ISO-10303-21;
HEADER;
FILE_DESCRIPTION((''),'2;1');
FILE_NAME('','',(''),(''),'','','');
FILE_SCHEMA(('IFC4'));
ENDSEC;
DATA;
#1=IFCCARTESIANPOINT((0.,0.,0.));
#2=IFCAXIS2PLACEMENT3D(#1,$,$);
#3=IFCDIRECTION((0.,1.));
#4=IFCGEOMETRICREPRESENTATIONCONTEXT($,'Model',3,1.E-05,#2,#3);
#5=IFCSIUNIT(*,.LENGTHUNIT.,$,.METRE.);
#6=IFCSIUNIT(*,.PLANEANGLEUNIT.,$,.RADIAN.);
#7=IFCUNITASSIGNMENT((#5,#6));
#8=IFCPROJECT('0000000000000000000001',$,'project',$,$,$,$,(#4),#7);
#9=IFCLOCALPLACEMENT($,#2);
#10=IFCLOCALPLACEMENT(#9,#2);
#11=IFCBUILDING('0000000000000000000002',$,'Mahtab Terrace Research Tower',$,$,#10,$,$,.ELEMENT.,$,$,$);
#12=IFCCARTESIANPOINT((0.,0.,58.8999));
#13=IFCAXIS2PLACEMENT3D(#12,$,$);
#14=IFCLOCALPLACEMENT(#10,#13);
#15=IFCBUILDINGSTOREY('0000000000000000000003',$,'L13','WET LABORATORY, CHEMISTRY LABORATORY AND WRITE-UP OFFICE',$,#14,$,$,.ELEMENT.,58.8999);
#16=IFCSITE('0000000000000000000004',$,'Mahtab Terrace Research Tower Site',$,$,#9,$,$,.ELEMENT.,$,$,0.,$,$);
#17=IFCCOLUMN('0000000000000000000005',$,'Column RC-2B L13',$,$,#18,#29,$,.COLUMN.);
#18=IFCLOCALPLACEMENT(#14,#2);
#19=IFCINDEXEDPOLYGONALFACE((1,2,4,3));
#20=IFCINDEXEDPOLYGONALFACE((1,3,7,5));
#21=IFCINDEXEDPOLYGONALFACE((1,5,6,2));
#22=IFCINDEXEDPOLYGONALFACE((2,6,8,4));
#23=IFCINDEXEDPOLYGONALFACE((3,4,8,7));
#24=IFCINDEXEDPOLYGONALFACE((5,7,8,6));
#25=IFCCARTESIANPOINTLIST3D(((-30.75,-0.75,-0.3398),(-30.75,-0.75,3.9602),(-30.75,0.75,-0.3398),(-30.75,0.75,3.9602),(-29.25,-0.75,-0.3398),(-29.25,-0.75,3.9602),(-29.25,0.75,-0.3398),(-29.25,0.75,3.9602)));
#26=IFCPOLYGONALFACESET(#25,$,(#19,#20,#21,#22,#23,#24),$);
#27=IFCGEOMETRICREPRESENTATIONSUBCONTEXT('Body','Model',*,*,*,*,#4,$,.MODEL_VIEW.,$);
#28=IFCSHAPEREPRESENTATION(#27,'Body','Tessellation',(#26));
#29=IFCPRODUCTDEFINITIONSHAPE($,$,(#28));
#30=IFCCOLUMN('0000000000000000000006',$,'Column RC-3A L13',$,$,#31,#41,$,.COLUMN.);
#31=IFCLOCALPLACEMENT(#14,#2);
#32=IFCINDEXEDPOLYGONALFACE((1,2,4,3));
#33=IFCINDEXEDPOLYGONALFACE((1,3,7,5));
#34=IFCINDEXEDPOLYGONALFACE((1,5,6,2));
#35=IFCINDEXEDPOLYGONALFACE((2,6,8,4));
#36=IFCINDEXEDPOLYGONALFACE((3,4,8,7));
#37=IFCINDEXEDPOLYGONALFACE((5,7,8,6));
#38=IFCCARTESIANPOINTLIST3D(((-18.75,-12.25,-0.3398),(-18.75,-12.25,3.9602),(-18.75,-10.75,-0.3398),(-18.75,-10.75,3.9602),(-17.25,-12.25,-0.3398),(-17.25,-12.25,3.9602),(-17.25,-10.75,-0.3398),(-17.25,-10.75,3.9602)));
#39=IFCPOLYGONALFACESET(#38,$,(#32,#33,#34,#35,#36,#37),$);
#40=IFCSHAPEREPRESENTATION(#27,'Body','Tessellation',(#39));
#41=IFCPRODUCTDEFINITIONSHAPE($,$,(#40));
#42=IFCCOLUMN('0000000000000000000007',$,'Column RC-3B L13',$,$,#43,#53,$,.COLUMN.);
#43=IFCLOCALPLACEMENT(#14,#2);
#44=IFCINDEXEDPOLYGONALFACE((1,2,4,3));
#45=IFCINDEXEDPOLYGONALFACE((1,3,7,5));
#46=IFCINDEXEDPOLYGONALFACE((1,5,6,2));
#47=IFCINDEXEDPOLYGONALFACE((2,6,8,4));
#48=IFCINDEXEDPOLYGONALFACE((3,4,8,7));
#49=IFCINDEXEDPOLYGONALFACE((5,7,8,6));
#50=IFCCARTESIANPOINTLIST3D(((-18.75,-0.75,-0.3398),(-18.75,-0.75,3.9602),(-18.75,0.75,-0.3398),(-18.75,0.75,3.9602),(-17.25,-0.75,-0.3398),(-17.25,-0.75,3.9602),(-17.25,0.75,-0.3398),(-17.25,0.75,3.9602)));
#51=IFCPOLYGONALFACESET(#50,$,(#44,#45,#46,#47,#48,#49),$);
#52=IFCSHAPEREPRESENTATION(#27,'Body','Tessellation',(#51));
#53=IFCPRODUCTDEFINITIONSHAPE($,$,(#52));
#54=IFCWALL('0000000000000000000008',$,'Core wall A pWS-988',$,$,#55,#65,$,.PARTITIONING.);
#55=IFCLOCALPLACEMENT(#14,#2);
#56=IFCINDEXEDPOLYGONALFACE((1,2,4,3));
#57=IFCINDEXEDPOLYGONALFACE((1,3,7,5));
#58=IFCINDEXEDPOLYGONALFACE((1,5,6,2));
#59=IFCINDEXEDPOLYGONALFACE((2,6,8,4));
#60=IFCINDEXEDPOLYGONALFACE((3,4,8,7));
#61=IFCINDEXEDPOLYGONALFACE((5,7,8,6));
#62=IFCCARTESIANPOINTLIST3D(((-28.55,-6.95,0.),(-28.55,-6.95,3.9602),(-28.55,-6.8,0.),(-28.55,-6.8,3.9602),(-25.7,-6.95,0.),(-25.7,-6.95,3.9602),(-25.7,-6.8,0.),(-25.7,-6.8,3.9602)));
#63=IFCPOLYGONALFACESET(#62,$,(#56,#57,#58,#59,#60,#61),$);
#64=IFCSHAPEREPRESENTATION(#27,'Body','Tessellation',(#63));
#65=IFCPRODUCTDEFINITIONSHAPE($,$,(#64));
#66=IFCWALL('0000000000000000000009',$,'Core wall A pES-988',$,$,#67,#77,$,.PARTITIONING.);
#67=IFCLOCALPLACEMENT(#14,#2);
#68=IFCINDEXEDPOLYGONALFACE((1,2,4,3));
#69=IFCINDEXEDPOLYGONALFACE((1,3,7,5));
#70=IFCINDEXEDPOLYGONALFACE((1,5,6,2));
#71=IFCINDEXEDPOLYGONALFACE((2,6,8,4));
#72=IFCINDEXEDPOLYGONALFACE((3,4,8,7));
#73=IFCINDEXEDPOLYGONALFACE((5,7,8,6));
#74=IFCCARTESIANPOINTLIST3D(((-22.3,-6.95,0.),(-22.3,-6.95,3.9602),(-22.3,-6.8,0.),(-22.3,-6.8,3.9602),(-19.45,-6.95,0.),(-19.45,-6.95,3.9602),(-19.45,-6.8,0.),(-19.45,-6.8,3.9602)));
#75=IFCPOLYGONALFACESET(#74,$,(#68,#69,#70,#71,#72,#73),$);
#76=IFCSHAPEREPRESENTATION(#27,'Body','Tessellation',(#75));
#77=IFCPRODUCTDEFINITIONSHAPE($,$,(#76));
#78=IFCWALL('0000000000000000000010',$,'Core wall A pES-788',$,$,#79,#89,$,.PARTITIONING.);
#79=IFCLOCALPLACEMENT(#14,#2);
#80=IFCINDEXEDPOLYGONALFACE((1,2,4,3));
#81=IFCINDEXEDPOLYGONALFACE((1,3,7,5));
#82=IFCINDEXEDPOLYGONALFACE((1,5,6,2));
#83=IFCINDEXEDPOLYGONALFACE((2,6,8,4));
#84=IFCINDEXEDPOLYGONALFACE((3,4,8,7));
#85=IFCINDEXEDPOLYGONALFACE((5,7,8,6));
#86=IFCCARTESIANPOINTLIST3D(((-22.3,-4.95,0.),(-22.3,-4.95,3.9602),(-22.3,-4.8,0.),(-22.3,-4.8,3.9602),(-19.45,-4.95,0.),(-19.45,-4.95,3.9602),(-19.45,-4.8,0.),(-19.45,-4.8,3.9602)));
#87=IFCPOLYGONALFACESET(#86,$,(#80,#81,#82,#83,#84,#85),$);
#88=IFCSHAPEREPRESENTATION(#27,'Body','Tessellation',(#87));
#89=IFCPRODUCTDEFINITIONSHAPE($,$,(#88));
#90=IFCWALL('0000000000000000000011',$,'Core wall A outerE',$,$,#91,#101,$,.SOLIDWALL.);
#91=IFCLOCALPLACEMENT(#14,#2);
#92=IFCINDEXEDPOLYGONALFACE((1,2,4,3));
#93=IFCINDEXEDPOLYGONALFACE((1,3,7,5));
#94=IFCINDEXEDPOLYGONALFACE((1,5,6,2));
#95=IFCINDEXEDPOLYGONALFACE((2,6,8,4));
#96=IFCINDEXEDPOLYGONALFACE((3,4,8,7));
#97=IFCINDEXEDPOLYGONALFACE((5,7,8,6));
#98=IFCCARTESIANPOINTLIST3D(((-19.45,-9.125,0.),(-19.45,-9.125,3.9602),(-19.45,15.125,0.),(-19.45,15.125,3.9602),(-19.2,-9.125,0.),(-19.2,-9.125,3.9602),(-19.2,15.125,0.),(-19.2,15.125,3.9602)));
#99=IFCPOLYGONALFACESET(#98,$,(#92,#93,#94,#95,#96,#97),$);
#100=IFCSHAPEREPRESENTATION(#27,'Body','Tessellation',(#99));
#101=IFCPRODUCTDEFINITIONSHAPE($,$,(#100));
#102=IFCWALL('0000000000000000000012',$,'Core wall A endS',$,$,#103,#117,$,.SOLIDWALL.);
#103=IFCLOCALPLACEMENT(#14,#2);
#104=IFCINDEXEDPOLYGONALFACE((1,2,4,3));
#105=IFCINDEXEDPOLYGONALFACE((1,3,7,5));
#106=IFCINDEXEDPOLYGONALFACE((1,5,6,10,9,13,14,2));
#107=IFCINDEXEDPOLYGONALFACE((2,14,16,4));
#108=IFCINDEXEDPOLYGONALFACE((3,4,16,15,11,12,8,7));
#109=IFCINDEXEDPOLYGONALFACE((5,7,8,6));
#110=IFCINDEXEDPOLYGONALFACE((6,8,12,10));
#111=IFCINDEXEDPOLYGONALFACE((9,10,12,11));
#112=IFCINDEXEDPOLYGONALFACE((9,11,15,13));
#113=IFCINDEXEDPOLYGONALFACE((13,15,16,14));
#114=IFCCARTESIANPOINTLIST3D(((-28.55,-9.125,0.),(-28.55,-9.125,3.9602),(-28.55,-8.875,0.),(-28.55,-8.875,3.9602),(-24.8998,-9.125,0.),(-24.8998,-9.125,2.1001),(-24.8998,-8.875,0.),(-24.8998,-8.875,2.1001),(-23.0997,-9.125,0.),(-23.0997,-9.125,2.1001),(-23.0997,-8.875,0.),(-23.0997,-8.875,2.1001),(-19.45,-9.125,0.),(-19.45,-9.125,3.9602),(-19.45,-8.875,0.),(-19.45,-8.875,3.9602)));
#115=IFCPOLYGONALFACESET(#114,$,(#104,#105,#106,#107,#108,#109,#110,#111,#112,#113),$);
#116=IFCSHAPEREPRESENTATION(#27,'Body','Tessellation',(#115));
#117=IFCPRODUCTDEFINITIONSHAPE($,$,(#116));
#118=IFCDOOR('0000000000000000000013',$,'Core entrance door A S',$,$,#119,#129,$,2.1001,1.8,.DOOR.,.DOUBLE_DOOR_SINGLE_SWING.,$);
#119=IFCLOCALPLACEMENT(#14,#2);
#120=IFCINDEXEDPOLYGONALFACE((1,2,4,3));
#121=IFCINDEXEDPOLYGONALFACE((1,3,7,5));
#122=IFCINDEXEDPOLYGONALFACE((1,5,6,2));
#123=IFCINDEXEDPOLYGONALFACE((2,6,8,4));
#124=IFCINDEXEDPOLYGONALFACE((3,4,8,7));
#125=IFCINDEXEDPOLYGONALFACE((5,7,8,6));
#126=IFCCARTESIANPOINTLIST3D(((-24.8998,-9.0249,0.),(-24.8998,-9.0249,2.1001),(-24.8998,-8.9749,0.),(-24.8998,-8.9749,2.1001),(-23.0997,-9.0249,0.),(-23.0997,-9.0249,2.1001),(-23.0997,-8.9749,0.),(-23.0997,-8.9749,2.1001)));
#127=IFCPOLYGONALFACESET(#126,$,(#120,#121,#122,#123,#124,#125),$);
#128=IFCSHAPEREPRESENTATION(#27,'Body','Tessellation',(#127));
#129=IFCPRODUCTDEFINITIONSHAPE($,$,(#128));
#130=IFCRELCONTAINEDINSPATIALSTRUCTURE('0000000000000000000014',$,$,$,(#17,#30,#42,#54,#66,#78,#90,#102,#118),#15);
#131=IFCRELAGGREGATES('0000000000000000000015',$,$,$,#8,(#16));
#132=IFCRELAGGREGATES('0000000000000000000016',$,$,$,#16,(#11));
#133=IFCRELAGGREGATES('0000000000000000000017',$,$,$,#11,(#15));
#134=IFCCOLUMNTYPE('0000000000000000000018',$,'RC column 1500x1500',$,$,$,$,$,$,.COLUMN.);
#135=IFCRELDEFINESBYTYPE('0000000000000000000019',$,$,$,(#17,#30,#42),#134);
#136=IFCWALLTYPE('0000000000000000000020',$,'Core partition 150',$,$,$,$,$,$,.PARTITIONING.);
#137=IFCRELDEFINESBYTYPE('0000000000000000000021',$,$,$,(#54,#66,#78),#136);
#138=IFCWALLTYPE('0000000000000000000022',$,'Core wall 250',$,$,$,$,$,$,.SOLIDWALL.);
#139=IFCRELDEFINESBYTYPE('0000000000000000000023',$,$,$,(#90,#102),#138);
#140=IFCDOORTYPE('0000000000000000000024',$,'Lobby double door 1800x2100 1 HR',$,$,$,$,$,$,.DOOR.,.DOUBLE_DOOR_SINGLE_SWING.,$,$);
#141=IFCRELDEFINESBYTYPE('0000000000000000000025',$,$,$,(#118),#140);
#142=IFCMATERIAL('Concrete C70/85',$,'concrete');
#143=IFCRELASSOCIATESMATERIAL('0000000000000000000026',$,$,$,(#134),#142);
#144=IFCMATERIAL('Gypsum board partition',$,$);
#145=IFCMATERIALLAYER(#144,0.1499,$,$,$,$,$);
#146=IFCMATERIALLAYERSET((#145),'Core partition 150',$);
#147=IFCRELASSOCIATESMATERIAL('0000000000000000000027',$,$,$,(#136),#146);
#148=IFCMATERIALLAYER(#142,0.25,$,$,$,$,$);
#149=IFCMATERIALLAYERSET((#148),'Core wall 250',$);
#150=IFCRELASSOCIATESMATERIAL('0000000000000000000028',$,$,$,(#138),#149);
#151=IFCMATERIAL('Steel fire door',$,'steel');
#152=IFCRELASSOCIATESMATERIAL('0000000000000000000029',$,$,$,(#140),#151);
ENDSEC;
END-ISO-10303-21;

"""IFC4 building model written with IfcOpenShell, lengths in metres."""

from ifc_helpers import new_model, si_unit, direction, frame, frame_2d, origin, origin_2d, place, context, subcontext, project, spatial, rectangle, extrude, material, layer, layer_set, material_profile, profile_set, type_object, element, fill, save


model = new_model("IFC4")

# Units and contexts
model_context = context("Model", 3, precision=1e-05, world=origin(), true_north=direction((0.0, 1.0)))
body_context = subcontext(model_context, "Body", "Model", "MODEL_VIEW")
ifc_project = project(units=[si_unit("LENGTHUNIT", "METRE"), si_unit("PLANEANGLEUNIT", "RADIAN")], contexts=[model_context])

# Site, building, storey
site_placement = place(None, origin())
site = spatial("IfcSite", under=ifc_project, at=site_placement, Name="Mahtab Terrace Research Tower Site", CompositionType="ELEMENT", RefElevation=0.0)
building_placement = place(site_placement, origin())
building = spatial("IfcBuilding", under=site, at=building_placement, Name="Mahtab Terrace Research Tower", CompositionType="ELEMENT")
storey_placement = place(building_placement, frame((0.0, 0.0, 58.8999)))
storey = spatial("IfcBuildingStorey", under=building, at=storey_placement, Name="L13", Description="WET LABORATORY, CHEMISTRY LABORATORY AND WRITE-UP OFFICE", CompositionType="ELEMENT", Elevation=58.8999)

# Columns
ifc_material_1 = material(Name="Concrete C70/85", Category="concrete")
ifc_material_profile = material_profile(ifc_material_1, rectangle(XDim=1.5, YDim=1.5, at=origin_2d()), Name="RC column 1500x1500")
ifc_profile_set = profile_set([ifc_material_profile], Name="Concrete C70/85")
column_type = type_object("IfcColumnType", Name="RC column 1500x1500", PredefinedType="COLUMN", material=ifc_profile_set)
for number, where, z_axis, x_axis, name in (
    (1, (-30.0, 0.0, -0.3398), (0.0, 0.0, 1.0), (1.0, 0.0, 0.0), "Column RC-2B L13"),
    (2, (-18.0, -11.5, -0.3398), (0.0, 0.0, 1.0), (1.0, 0.0, 0.0), "Column RC-3A L13"),
    (3, (-18.0, 0.0, -0.3398), (0.0, 0.0, 1.0), (1.0, 0.0, 0.0), "Column RC-3B L13"),
):
    element("IfcColumn", number, at=place(storey_placement, frame(where, z_axis=z_axis, x_axis=x_axis)), inside=storey, type_object=column_type, Name=name, PredefinedType="COLUMN", context=body_context, shape_type="SweptSolid", body=[
        extrude(rectangle(XDim=1.5, YDim=1.5, at=origin_2d()), origin(), (0.0, 0.0, 1.0), 4.3),
    ])

# Walls
ifc_material_2 = material(Name="Gypsum board partition")
ifc_layer_1 = layer(ifc_material_2, 0.1499)
ifc_layer_set_1 = layer_set([ifc_layer_1], Name="Core partition 150")
wall_type_1 = type_object("IfcWallType", Name="Core partition 150", PredefinedType="PARTITIONING", material=ifc_layer_set_1)
for number, where, z_axis, x_axis, name in (
    (4, (-28.55, -6.875, 0.0), (0.0, 0.0, 1.0), (1.0, 0.0, 0.0), "Core wall A pWS-988"),
    (5, (-22.3, -6.875, 0.0), (0.0, 0.0, 1.0), (1.0, 0.0, 0.0), "Core wall A pES-988"),
    (6, (-22.3, -4.875, 0.0), (0.0, 0.0, 1.0), (1.0, 0.0, 0.0), "Core wall A pES-788"),
):
    element("IfcWall", number, at=place(storey_placement, frame(where, z_axis=z_axis, x_axis=x_axis)), inside=storey, type_object=wall_type_1, Name=name, PredefinedType="PARTITIONING", context=body_context, shape_type="SweptSolid", body=[
        extrude(rectangle(XDim=2.8501, YDim=0.1499, at=frame_2d((1.425, 0.0))), origin(), (0.0, 0.0, 1.0), 3.9602),
    ])
ifc_layer_2 = layer(ifc_material_1, 0.25)
ifc_layer_set_2 = layer_set([ifc_layer_2], Name="Core wall 250")
wall_type_2 = type_object("IfcWallType", Name="Core wall 250", PredefinedType="SOLIDWALL", material=ifc_layer_set_2)
wall_1_placement = place(storey_placement, frame((-19.325, -9.125, 0.0), z_axis=(0.0, 0.0, 1.0), x_axis=(0.0, 1.0, 0.0)))
element("IfcWall", 7, at=wall_1_placement, inside=storey, type_object=wall_type_2, Name="Core wall A outerE", PredefinedType="SOLIDWALL", context=body_context, shape_type="SweptSolid", body=[
    extrude(rectangle(XDim=24.25, YDim=0.25, at=frame_2d((12.125, 0.0))), origin(), (0.0, 0.0, 1.0), 3.9602),
])

# Wall, opening, door
wall_2_placement = place(storey_placement, frame((-19.45, -9.0, 0.0), z_axis=(0.0, 0.0, 1.0), x_axis=(-1.0, 0.0, 0.0)))
wall_2 = element("IfcWall", 8, at=wall_2_placement, inside=storey, type_object=wall_type_2, Name="Core wall A endS", PredefinedType="SOLIDWALL", context=body_context, shape_type="SweptSolid", body=[
    extrude(rectangle(XDim=9.1001, YDim=0.25, at=frame_2d((4.55, 0.0))), origin(), (0.0, 0.0, 1.0), 3.9602),
])
opening_1_placement = place(wall_2_placement, frame((3.6499, 0.0, 0.0)))
opening_1 = element("IfcOpeningElement", 9, at=opening_1_placement, cuts=wall_2, PredefinedType="OPENING", context=body_context, shape_type="SweptSolid", body=[
    extrude(rectangle(XDim=1.8, YDim=2.1001, at=frame_2d((0.8999, 1.05))), frame((0.0, 0.135, 0.0), z_axis=(0.0, -1.0, 0.0), x_axis=(1.0, 0.0, 0.0)), (0.0, 0.0, 1.0), 0.27),
])
ifc_material_3 = material(Name="Steel fire door", Category="steel")
door_type_1 = type_object("IfcDoorType", Name="Lobby double door 1800x2100 1 HR", OperationType="DOUBLE_DOOR_SINGLE_SWING", PredefinedType="DOOR", material=ifc_material_3)
door_1_placement = place(opening_1_placement, origin())
door_1 = element("IfcDoor", 10, at=door_1_placement, inside=storey, type_object=door_type_1, Name="Core entrance door A S", OperationType="DOUBLE_DOOR_SINGLE_SWING", OverallHeight=2.1001, OverallWidth=1.8, PredefinedType="DOOR", context=body_context, shape_type="SweptSolid", body=[
    extrude(rectangle(XDim=1.8, YDim=2.1001, at=frame_2d((0.8999, 1.05))), frame((0.0, 0.0249, 0.0), z_axis=(0.0, -1.0, 0.0), x_axis=(1.0, 0.0, 0.0)), (0.0, 0.0, 1.0), 0.05),
])
fill(opening_1, door_1)

save(model, "model.ifc")
